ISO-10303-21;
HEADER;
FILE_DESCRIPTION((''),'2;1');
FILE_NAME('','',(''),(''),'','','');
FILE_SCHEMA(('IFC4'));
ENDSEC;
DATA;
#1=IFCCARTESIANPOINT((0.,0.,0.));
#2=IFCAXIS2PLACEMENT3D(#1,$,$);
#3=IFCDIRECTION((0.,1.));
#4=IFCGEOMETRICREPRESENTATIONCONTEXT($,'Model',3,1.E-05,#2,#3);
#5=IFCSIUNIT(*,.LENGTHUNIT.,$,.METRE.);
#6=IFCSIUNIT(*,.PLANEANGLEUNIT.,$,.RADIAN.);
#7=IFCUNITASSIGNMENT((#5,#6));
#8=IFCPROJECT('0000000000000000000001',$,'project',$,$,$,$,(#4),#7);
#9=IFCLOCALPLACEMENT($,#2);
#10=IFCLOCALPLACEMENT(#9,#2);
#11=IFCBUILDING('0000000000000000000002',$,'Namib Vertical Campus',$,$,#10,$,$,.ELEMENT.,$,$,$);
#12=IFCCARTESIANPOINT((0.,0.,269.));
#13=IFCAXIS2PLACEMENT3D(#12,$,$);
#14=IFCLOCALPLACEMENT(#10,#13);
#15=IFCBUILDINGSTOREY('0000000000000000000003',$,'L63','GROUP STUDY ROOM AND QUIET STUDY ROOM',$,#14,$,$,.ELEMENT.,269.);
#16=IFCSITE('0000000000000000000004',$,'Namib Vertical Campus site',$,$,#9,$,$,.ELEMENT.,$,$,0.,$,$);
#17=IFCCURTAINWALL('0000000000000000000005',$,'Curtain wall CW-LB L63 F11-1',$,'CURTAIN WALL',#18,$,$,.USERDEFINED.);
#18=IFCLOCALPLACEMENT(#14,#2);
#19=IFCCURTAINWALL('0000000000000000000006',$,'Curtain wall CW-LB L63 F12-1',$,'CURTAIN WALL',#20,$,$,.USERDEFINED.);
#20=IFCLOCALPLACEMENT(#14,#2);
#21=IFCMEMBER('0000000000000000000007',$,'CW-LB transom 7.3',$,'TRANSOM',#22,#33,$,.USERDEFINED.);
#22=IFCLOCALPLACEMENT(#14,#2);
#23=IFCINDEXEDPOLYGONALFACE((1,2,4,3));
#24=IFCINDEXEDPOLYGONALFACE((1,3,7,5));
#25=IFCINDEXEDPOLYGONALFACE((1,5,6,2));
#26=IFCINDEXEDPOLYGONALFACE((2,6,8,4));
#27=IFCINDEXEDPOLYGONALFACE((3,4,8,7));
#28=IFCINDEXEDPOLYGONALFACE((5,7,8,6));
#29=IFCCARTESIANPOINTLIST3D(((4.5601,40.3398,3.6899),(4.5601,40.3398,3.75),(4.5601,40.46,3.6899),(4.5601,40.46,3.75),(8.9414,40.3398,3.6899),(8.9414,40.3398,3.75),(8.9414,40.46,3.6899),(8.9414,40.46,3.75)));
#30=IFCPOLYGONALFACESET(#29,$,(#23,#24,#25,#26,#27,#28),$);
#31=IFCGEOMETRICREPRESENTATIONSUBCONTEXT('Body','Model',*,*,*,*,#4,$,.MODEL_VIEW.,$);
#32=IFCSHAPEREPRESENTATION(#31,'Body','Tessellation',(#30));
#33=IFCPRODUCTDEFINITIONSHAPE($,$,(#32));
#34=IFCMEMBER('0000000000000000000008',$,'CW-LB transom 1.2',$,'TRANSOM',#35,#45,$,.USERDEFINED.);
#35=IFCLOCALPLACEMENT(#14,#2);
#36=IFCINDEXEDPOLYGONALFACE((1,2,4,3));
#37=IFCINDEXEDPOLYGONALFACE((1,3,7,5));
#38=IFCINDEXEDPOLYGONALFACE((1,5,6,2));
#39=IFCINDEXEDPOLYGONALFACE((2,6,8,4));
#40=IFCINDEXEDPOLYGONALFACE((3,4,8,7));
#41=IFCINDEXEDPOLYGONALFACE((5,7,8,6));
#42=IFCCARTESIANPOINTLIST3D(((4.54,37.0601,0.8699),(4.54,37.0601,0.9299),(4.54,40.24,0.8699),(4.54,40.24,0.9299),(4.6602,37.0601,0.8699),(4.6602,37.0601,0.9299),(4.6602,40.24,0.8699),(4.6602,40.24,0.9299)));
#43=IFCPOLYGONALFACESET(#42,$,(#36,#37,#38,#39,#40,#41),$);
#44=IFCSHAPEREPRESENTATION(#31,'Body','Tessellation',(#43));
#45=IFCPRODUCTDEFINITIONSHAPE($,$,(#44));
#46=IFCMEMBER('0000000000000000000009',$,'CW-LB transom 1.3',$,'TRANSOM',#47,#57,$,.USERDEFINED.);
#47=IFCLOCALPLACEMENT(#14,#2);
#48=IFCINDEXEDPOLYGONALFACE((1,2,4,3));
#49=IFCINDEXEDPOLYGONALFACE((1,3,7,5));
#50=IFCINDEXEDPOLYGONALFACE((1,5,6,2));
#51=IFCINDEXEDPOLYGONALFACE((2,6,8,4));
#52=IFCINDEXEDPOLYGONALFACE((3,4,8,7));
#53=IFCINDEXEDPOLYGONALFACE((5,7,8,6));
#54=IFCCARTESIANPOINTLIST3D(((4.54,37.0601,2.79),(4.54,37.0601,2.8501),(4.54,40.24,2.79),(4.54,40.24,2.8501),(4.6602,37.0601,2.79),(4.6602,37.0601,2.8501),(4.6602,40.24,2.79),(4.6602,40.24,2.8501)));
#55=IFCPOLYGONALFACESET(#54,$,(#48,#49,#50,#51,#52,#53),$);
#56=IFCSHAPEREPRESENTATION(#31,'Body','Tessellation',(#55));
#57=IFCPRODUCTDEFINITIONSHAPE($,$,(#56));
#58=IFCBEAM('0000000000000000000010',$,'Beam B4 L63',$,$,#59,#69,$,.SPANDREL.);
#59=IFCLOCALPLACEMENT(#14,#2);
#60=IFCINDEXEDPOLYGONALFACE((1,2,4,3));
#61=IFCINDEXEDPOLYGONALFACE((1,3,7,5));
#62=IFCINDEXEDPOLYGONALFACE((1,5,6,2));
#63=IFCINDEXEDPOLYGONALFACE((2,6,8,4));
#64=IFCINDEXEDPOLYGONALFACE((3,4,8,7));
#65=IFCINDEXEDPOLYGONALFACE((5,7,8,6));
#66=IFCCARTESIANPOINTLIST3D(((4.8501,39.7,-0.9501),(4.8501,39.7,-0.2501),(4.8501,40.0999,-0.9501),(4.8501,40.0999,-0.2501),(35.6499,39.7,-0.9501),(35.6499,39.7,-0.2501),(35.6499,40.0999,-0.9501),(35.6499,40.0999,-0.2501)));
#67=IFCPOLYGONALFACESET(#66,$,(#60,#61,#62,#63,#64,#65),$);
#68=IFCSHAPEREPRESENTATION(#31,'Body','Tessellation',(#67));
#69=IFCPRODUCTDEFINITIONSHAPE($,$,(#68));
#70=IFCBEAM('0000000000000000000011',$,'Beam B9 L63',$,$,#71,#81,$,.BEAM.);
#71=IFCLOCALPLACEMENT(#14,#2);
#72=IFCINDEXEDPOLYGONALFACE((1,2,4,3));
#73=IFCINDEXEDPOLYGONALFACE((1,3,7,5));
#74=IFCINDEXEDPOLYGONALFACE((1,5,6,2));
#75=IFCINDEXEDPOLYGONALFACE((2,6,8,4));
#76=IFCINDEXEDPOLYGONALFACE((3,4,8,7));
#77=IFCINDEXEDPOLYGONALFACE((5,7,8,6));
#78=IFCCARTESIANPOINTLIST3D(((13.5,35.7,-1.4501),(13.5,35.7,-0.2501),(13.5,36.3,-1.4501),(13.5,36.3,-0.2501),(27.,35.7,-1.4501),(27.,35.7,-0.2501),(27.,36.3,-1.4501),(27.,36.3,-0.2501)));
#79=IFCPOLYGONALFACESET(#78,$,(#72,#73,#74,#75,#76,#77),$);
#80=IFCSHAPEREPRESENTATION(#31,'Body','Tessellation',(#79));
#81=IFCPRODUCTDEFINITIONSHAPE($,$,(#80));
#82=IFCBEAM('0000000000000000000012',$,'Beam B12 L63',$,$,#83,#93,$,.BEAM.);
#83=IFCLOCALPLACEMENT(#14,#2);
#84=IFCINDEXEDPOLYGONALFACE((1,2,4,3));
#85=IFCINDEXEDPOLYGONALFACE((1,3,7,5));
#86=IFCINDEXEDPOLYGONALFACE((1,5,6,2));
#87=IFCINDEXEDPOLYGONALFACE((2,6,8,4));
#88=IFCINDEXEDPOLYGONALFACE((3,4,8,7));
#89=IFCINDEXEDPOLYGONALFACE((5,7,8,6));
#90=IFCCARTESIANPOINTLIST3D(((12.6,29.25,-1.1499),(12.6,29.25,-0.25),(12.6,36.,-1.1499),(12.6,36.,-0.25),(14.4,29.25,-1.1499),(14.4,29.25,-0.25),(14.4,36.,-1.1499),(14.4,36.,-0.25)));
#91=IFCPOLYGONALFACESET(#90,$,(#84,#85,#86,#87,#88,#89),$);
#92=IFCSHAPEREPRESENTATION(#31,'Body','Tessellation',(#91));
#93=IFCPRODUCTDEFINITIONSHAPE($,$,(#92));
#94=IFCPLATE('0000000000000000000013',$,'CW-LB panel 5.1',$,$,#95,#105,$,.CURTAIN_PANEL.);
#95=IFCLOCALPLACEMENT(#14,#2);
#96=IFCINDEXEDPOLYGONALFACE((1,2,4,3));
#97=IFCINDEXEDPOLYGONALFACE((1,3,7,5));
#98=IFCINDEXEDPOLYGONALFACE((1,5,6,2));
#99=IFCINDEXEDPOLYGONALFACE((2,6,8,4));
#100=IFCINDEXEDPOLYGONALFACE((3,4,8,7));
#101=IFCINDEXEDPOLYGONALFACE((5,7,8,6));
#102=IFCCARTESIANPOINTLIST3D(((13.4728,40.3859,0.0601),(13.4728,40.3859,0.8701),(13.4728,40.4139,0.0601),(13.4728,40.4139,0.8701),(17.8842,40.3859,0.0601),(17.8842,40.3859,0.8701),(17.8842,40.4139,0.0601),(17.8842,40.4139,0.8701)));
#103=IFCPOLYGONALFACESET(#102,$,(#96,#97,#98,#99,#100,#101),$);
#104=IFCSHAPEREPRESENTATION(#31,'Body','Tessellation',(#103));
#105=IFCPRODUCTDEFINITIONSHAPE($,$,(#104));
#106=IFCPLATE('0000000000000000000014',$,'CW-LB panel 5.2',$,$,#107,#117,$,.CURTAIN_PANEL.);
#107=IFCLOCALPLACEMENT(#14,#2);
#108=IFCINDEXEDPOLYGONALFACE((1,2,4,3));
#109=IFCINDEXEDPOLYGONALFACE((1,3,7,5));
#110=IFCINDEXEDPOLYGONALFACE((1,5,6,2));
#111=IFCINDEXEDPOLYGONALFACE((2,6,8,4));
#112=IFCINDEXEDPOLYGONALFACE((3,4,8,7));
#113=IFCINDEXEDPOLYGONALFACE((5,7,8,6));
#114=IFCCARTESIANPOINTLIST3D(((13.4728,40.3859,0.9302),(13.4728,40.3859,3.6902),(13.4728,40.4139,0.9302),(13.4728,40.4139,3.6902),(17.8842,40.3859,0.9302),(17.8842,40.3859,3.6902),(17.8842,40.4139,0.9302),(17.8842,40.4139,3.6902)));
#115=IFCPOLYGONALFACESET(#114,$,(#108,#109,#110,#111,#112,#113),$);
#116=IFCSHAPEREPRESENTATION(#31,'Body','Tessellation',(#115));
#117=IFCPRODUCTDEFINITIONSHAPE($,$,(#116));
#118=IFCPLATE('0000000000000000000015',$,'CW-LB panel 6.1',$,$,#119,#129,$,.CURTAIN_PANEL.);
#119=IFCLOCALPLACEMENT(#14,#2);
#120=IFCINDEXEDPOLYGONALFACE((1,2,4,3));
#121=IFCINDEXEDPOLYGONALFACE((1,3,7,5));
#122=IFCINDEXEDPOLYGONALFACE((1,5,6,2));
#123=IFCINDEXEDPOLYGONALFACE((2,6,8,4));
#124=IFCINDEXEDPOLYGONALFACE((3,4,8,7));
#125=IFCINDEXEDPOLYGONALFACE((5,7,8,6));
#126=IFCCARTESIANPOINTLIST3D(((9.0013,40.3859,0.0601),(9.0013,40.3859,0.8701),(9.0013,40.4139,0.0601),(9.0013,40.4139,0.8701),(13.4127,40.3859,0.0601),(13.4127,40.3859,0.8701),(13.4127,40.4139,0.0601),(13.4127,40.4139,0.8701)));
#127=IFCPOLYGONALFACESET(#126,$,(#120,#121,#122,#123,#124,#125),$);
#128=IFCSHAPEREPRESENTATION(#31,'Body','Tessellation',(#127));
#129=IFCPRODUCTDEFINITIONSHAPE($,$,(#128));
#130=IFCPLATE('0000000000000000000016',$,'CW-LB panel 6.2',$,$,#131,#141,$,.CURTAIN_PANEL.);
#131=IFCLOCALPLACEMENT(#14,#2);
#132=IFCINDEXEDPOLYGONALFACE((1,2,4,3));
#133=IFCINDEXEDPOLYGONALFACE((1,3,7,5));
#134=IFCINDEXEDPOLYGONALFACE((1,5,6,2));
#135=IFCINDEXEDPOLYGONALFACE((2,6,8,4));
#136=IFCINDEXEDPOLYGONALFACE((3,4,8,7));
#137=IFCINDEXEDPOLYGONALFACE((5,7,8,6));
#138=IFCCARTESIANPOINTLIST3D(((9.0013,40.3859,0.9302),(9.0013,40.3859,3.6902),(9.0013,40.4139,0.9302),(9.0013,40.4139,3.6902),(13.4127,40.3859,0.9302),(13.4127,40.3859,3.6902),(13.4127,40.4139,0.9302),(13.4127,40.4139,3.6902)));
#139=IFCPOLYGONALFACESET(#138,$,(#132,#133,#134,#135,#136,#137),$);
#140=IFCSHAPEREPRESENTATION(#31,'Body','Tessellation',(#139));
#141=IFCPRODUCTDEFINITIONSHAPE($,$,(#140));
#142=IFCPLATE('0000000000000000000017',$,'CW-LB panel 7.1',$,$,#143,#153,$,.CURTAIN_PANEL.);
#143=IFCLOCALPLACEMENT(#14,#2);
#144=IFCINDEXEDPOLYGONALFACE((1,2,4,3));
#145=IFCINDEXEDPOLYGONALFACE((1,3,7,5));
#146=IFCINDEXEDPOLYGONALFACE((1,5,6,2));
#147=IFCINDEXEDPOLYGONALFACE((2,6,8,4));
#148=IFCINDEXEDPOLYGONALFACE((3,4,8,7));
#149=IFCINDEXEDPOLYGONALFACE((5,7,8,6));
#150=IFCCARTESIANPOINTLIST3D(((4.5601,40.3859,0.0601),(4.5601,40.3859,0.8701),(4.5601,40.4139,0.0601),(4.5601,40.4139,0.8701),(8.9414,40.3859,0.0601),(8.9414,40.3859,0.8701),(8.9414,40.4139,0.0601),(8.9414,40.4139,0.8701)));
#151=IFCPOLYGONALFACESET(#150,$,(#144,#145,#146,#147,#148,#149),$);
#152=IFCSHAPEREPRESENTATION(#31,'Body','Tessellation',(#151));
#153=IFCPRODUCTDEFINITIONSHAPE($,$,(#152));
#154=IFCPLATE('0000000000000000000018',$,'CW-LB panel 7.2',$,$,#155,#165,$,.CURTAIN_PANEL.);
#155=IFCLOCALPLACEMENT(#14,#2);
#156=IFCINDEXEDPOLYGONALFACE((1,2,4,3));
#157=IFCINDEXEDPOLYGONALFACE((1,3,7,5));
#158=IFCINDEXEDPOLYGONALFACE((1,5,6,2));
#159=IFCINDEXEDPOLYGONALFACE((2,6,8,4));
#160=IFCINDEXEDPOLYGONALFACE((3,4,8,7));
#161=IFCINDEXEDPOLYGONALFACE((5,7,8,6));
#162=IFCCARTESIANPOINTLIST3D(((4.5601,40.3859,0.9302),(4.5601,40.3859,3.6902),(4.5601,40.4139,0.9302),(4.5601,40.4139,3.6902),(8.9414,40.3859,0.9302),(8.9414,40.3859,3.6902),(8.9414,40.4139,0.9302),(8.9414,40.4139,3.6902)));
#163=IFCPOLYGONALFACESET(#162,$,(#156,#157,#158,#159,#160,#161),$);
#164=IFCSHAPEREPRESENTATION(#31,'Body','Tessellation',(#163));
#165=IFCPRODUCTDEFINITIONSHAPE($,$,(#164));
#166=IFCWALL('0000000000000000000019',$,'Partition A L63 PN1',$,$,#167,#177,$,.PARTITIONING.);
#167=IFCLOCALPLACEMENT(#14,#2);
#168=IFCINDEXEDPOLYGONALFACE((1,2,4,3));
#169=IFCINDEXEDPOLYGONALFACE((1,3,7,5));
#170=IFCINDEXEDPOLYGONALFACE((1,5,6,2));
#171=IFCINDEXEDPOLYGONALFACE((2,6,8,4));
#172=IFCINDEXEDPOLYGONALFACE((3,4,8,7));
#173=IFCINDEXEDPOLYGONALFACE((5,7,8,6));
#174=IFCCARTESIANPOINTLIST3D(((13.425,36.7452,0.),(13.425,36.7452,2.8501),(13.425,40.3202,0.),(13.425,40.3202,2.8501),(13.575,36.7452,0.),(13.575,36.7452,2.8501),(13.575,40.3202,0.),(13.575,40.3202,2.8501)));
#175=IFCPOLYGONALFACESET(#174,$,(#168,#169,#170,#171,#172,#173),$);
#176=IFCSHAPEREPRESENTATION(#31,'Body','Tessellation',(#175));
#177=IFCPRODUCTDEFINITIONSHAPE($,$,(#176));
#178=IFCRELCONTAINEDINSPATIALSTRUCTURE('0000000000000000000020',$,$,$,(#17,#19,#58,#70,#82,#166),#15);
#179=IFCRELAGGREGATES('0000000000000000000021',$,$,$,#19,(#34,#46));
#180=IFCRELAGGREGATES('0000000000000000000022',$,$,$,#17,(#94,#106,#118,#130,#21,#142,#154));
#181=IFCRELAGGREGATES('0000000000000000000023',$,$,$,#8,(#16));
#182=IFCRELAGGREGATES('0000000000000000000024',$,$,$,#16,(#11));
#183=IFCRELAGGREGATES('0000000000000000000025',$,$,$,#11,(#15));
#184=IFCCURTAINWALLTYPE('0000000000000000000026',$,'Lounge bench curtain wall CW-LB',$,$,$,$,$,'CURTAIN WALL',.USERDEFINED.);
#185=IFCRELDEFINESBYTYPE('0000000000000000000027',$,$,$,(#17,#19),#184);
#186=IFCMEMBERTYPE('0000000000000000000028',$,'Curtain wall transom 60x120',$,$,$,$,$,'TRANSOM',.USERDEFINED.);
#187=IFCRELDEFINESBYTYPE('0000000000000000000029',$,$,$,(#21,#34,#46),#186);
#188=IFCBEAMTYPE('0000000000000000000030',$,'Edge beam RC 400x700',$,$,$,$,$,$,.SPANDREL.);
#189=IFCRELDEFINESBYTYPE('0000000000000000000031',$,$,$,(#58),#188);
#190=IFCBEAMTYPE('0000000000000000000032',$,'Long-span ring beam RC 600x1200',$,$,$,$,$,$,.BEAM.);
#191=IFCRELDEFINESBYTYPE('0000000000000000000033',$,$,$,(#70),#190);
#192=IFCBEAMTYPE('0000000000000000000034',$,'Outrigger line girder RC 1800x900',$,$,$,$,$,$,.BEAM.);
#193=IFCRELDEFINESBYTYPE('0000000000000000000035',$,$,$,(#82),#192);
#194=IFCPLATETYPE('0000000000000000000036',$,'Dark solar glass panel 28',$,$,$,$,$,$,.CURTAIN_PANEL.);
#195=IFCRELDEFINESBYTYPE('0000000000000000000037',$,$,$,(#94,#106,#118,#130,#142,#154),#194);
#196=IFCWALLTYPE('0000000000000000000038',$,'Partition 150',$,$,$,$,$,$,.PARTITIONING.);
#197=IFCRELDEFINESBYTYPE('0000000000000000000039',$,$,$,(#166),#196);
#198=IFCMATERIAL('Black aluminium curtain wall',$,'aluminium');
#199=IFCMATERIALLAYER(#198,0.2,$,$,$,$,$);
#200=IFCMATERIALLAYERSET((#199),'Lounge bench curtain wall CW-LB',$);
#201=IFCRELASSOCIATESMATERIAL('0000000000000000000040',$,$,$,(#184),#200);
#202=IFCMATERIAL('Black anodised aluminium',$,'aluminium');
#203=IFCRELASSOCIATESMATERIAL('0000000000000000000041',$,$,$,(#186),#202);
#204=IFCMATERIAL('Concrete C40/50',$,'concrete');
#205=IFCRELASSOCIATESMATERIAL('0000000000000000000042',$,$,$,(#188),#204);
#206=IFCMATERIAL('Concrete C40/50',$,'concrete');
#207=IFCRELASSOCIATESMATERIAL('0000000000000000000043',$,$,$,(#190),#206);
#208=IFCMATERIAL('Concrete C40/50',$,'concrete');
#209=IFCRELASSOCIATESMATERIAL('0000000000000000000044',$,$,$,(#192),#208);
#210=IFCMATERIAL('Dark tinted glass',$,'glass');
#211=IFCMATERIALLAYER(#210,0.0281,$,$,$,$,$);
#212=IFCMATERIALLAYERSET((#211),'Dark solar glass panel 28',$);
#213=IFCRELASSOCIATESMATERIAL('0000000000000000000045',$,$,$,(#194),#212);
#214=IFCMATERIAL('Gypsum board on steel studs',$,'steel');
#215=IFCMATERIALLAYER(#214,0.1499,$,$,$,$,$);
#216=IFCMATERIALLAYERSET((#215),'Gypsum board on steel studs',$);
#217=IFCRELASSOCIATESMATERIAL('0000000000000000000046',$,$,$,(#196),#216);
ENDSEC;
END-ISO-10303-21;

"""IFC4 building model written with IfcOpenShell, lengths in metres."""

from ifc_helpers import new_model, si_unit, direction, frame, frame_2d, origin, origin_2d, place, context, subcontext, project, spatial, rectangle, extrude, material, layer, layer_set, material_profile, profile_set, type_object, element, aggregate, save


model = new_model("IFC4")

# Units and contexts
model_context = context("Model", 3, precision=1e-05, world=origin(), true_north=direction((0.0, 1.0)))
body_context = subcontext(model_context, "Body", "Model", "MODEL_VIEW")
ifc_project = project(units=[si_unit("LENGTHUNIT", "METRE"), si_unit("PLANEANGLEUNIT", "RADIAN")], contexts=[model_context])

# Site, building, storey
site_placement = place(None, origin())
site = spatial("IfcSite", under=ifc_project, at=site_placement, Name="Namib Vertical Campus site", CompositionType="ELEMENT", RefElevation=0.0)
building_placement = place(site_placement, origin())
building = spatial("IfcBuilding", under=site, at=building_placement, Name="Namib Vertical Campus", CompositionType="ELEMENT")
storey_placement = place(building_placement, frame((0.0, 0.0, 269.0)))
storey = spatial("IfcBuildingStorey", under=building, at=storey_placement, Name="L63", Description="GROUP STUDY ROOM AND QUIET STUDY ROOM", CompositionType="ELEMENT", Elevation=269.0)

# Curtain wall
ifc_material_1 = material(Name="Black aluminium curtain wall", Category="aluminium")
ifc_layer_1 = layer(ifc_material_1, 0.2)
ifc_layer_set_1 = layer_set([ifc_layer_1], Name="Lounge bench curtain wall CW-LB")
curtain_wall_type = type_object("IfcCurtainWallType", Name="Lounge bench curtain wall CW-LB", ElementType="CURTAIN WALL", PredefinedType="USERDEFINED", material=ifc_layer_set_1)
curtain_wall_1_placement = place(storey_placement, origin())
curtain_wall_1 = element("IfcCurtainWall", 1, at=curtain_wall_1_placement, inside=storey, type_object=curtain_wall_type, Name="Curtain wall CW-LB L63 F11-1", ObjectType="CURTAIN WALL", PredefinedType="USERDEFINED")

# Curtain wall
curtain_wall_2_placement = place(storey_placement, origin())
curtain_wall_2 = element("IfcCurtainWall", 2, at=curtain_wall_2_placement, inside=storey, type_object=curtain_wall_type, Name="Curtain wall CW-LB L63 F12-1", ObjectType="CURTAIN WALL", PredefinedType="USERDEFINED")

# Members
ifc_material_2 = material(Name="Black anodised aluminium", Category="aluminium")
ifc_material_profile_1 = material_profile(ifc_material_2, rectangle(XDim=0.0601, YDim=0.1201, at=origin_2d()))
ifc_profile_set_1 = profile_set([ifc_material_profile_1], Name="Black anodised aluminium")
member_type_1 = type_object("IfcMemberType", Name="Curtain wall transom 60x120", ElementType="TRANSOM", PredefinedType="USERDEFINED", material=ifc_profile_set_1)
member_1_placement = place(storey_placement, frame((8.9414, 40.3999, 3.72), z_axis=(-1.0, 0.0, 0.0), x_axis=(0.0, 0.0, 1.0)))
member_1 = element("IfcMember", 3, at=member_1_placement, type_object=member_type_1, Name="CW-LB transom 7.3", ObjectType="TRANSOM", PredefinedType="USERDEFINED", context=body_context, shape_type="SweptSolid", body=[
    extrude(rectangle(XDim=0.0601, YDim=0.1201, at=origin_2d()), origin(), (0.0, 0.0, 1.0), 4.3813),
])
member_2_placement = place(storey_placement, frame((4.6001, 40.24, 0.8999), z_axis=(0.0, -1.0, 0.0), x_axis=(0.0, 0.0, 1.0)))
member_2 = element("IfcMember", 4, at=member_2_placement, type_object=member_type_1, Name="CW-LB transom 1.2", ObjectType="TRANSOM", PredefinedType="USERDEFINED", context=body_context, shape_type="SweptSolid", body=[
    extrude(rectangle(XDim=0.0601, YDim=0.1201, at=origin_2d()), origin(), (0.0, 0.0, 1.0), 3.1799),
])
member_3_placement = place(storey_placement, frame((4.6001, 40.24, 2.8201), z_axis=(0.0, -1.0, 0.0), x_axis=(0.0, 0.0, 1.0)))
member_3 = element("IfcMember", 5, at=member_3_placement, type_object=member_type_1, Name="CW-LB transom 1.3", ObjectType="TRANSOM", PredefinedType="USERDEFINED", context=body_context, shape_type="SweptSolid", body=[
    extrude(rectangle(XDim=0.0601, YDim=0.1201, at=origin_2d()), origin(), (0.0, 0.0, 1.0), 3.1799),
])
aggregate(curtain_wall_2, [member_2, member_3])

# Beams
ifc_material_3 = material(Name="Concrete C40/50", Category="concrete")
ifc_material_profile_2 = material_profile(ifc_material_3, rectangle(XDim=0.3999, YDim=0.7, at=origin_2d()))
ifc_profile_set_2 = profile_set([ifc_material_profile_2], Name="Concrete C40/50")
beam_type_1 = type_object("IfcBeamType", Name="Edge beam RC 400x700", PredefinedType="SPANDREL", material=ifc_profile_set_2)
beam_1_placement = place(storey_placement, frame((4.8501, 39.8999, -0.6001), z_axis=(1.0, 0.0, 0.0), x_axis=(0.0, 1.0, 0.0)))
element("IfcBeam", 6, at=beam_1_placement, inside=storey, type_object=beam_type_1, Name="Beam B4 L63", PredefinedType="SPANDREL", context=body_context, shape_type="SweptSolid", body=[
    extrude(rectangle(XDim=0.3999, YDim=0.7, at=origin_2d()), origin(), (0.0, 0.0, 1.0), 30.7998),
])
ifc_material_4 = material(Name="Concrete C40/50", Category="concrete")
ifc_material_profile_3 = material_profile(ifc_material_4, rectangle(XDim=0.6001, YDim=1.2, at=origin_2d()))
ifc_profile_set_3 = profile_set([ifc_material_profile_3], Name="Concrete C40/50")
beam_type_2 = type_object("IfcBeamType", Name="Long-span ring beam RC 600x1200", PredefinedType="BEAM", material=ifc_profile_set_3)
beam_2_placement = place(storey_placement, frame((13.5, 36.0, -0.8501), z_axis=(1.0, 0.0, 0.0), x_axis=(0.0, 1.0, 0.0)))
element("IfcBeam", 7, at=beam_2_placement, inside=storey, type_object=beam_type_2, Name="Beam B9 L63", PredefinedType="BEAM", context=body_context, shape_type="SweptSolid", body=[
    extrude(rectangle(XDim=0.6001, YDim=1.2, at=origin_2d()), origin(), (0.0, 0.0, 1.0), 13.5),
])
ifc_material_5 = material(Name="Concrete C40/50", Category="concrete")
ifc_material_profile_4 = material_profile(ifc_material_5, rectangle(XDim=1.8, YDim=0.8999, at=origin_2d()))
ifc_profile_set_4 = profile_set([ifc_material_profile_4], Name="Concrete C40/50")
beam_type_3 = type_object("IfcBeamType", Name="Outrigger line girder RC 1800x900", PredefinedType="BEAM", material=ifc_profile_set_4)
beam_3_placement = place(storey_placement, frame((13.5, 36.0, -0.7), z_axis=(0.0, -1.0, 0.0), x_axis=(1.0, 0.0, 0.0)))
element("IfcBeam", 8, at=beam_3_placement, inside=storey, type_object=beam_type_3, Name="Beam B12 L63", PredefinedType="BEAM", context=body_context, shape_type="SweptSolid", body=[
    extrude(rectangle(XDim=1.8, YDim=0.8999, at=origin_2d()), origin(), (0.0, 0.0, 1.0), 6.75),
])

# Plates
ifc_material_6 = material(Name="Dark tinted glass", Category="glass")
ifc_layer_2 = layer(ifc_material_6, 0.0281)
ifc_layer_set_2 = layer_set([ifc_layer_2], Name="Dark solar glass panel 28")
plate_type = type_object("IfcPlateType", Name="Dark solar glass panel 28", PredefinedType="CURTAIN_PANEL", material=ifc_layer_set_2)
plate_1_placement = place(storey_placement, frame((15.6785, 40.3999, 0.0601), z_axis=(0.0, 0.0, 1.0), x_axis=(-1.0, 0.0, 0.0)))
plate_1 = element("IfcPlate", 9, at=plate_1_placement, type_object=plate_type, Name="CW-LB panel 5.1", PredefinedType="CURTAIN_PANEL", context=body_context, shape_type="SweptSolid", body=[
    extrude(rectangle(XDim=4.4114, YDim=0.0281, at=origin_2d()), origin(), (0.0, 0.0, 1.0), 0.8101),
])
plate_2_placement = place(storey_placement, frame((15.6785, 40.3999, 0.9302), z_axis=(0.0, 0.0, 1.0), x_axis=(-1.0, 0.0, 0.0)))
plate_2 = element("IfcPlate", 10, at=plate_2_placement, type_object=plate_type, Name="CW-LB panel 5.2", PredefinedType="CURTAIN_PANEL", context=body_context, shape_type="SweptSolid", body=[
    extrude(rectangle(XDim=4.4114, YDim=0.0281, at=origin_2d()), origin(), (0.0, 0.0, 1.0), 2.76),
])
plate_3_placement = place(storey_placement, frame((11.207, 40.3999, 0.0601), z_axis=(0.0, 0.0, 1.0), x_axis=(-1.0, 0.0, 0.0)))
plate_3 = element("IfcPlate", 11, at=plate_3_placement, type_object=plate_type, Name="CW-LB panel 6.1", PredefinedType="CURTAIN_PANEL", context=body_context, shape_type="SweptSolid", body=[
    extrude(rectangle(XDim=4.4114, YDim=0.0281, at=origin_2d()), origin(), (0.0, 0.0, 1.0), 0.8101),
])
plate_4_placement = place(storey_placement, frame((11.207, 40.3999, 0.9302), z_axis=(0.0, 0.0, 1.0), x_axis=(-1.0, 0.0, 0.0)))
plate_4 = element("IfcPlate", 12, at=plate_4_placement, type_object=plate_type, Name="CW-LB panel 6.2", PredefinedType="CURTAIN_PANEL", context=body_context, shape_type="SweptSolid", body=[
    extrude(rectangle(XDim=4.4114, YDim=0.0281, at=origin_2d()), origin(), (0.0, 0.0, 1.0), 2.76),
])
plate_5_placement = place(storey_placement, frame((6.7507, 40.3999, 0.0601), z_axis=(0.0, 0.0, 1.0), x_axis=(-1.0, 0.0, 0.0)))
plate_5 = element("IfcPlate", 13, at=plate_5_placement, type_object=plate_type, Name="CW-LB panel 7.1", PredefinedType="CURTAIN_PANEL", context=body_context, shape_type="SweptSolid", body=[
    extrude(rectangle(XDim=4.3813, YDim=0.0281, at=origin_2d()), origin(), (0.0, 0.0, 1.0), 0.8101),
])
plate_6_placement = place(storey_placement, frame((6.7507, 40.3999, 0.9302), z_axis=(0.0, 0.0, 1.0), x_axis=(-1.0, 0.0, 0.0)))
plate_6 = element("IfcPlate", 14, at=plate_6_placement, type_object=plate_type, Name="CW-LB panel 7.2", PredefinedType="CURTAIN_PANEL", context=body_context, shape_type="SweptSolid", body=[
    extrude(rectangle(XDim=4.3813, YDim=0.0281, at=origin_2d()), origin(), (0.0, 0.0, 1.0), 2.76),
])
aggregate(curtain_wall_1, [plate_1, plate_2, plate_3, plate_4, member_1, plate_5, plate_6])

# Wall
ifc_material_7 = material(Name="Gypsum board on steel studs", Category="steel")
ifc_layer_3 = layer(ifc_material_7, 0.1499)
ifc_layer_set_3 = layer_set([ifc_layer_3], Name="Gypsum board on steel studs")
wall_type = type_object("IfcWallType", Name="Partition 150", PredefinedType="PARTITIONING", material=ifc_layer_set_3)
wall_placement = place(storey_placement, frame((13.5, 36.7451, 0.0), z_axis=(0.0, 0.0, 1.0), x_axis=(0.0, 1.0, 0.0)))
element("IfcWall", 15, at=wall_placement, inside=storey, type_object=wall_type, Name="Partition A L63 PN1", PredefinedType="PARTITIONING", context=body_context, shape_type="SweptSolid", body=[
    extrude(rectangle(XDim=3.575, YDim=0.1499, at=frame_2d((1.7876, 0.0))), origin(), (0.0, 0.0, 1.0), 2.8501),
])

save(model, "model.ifc")
